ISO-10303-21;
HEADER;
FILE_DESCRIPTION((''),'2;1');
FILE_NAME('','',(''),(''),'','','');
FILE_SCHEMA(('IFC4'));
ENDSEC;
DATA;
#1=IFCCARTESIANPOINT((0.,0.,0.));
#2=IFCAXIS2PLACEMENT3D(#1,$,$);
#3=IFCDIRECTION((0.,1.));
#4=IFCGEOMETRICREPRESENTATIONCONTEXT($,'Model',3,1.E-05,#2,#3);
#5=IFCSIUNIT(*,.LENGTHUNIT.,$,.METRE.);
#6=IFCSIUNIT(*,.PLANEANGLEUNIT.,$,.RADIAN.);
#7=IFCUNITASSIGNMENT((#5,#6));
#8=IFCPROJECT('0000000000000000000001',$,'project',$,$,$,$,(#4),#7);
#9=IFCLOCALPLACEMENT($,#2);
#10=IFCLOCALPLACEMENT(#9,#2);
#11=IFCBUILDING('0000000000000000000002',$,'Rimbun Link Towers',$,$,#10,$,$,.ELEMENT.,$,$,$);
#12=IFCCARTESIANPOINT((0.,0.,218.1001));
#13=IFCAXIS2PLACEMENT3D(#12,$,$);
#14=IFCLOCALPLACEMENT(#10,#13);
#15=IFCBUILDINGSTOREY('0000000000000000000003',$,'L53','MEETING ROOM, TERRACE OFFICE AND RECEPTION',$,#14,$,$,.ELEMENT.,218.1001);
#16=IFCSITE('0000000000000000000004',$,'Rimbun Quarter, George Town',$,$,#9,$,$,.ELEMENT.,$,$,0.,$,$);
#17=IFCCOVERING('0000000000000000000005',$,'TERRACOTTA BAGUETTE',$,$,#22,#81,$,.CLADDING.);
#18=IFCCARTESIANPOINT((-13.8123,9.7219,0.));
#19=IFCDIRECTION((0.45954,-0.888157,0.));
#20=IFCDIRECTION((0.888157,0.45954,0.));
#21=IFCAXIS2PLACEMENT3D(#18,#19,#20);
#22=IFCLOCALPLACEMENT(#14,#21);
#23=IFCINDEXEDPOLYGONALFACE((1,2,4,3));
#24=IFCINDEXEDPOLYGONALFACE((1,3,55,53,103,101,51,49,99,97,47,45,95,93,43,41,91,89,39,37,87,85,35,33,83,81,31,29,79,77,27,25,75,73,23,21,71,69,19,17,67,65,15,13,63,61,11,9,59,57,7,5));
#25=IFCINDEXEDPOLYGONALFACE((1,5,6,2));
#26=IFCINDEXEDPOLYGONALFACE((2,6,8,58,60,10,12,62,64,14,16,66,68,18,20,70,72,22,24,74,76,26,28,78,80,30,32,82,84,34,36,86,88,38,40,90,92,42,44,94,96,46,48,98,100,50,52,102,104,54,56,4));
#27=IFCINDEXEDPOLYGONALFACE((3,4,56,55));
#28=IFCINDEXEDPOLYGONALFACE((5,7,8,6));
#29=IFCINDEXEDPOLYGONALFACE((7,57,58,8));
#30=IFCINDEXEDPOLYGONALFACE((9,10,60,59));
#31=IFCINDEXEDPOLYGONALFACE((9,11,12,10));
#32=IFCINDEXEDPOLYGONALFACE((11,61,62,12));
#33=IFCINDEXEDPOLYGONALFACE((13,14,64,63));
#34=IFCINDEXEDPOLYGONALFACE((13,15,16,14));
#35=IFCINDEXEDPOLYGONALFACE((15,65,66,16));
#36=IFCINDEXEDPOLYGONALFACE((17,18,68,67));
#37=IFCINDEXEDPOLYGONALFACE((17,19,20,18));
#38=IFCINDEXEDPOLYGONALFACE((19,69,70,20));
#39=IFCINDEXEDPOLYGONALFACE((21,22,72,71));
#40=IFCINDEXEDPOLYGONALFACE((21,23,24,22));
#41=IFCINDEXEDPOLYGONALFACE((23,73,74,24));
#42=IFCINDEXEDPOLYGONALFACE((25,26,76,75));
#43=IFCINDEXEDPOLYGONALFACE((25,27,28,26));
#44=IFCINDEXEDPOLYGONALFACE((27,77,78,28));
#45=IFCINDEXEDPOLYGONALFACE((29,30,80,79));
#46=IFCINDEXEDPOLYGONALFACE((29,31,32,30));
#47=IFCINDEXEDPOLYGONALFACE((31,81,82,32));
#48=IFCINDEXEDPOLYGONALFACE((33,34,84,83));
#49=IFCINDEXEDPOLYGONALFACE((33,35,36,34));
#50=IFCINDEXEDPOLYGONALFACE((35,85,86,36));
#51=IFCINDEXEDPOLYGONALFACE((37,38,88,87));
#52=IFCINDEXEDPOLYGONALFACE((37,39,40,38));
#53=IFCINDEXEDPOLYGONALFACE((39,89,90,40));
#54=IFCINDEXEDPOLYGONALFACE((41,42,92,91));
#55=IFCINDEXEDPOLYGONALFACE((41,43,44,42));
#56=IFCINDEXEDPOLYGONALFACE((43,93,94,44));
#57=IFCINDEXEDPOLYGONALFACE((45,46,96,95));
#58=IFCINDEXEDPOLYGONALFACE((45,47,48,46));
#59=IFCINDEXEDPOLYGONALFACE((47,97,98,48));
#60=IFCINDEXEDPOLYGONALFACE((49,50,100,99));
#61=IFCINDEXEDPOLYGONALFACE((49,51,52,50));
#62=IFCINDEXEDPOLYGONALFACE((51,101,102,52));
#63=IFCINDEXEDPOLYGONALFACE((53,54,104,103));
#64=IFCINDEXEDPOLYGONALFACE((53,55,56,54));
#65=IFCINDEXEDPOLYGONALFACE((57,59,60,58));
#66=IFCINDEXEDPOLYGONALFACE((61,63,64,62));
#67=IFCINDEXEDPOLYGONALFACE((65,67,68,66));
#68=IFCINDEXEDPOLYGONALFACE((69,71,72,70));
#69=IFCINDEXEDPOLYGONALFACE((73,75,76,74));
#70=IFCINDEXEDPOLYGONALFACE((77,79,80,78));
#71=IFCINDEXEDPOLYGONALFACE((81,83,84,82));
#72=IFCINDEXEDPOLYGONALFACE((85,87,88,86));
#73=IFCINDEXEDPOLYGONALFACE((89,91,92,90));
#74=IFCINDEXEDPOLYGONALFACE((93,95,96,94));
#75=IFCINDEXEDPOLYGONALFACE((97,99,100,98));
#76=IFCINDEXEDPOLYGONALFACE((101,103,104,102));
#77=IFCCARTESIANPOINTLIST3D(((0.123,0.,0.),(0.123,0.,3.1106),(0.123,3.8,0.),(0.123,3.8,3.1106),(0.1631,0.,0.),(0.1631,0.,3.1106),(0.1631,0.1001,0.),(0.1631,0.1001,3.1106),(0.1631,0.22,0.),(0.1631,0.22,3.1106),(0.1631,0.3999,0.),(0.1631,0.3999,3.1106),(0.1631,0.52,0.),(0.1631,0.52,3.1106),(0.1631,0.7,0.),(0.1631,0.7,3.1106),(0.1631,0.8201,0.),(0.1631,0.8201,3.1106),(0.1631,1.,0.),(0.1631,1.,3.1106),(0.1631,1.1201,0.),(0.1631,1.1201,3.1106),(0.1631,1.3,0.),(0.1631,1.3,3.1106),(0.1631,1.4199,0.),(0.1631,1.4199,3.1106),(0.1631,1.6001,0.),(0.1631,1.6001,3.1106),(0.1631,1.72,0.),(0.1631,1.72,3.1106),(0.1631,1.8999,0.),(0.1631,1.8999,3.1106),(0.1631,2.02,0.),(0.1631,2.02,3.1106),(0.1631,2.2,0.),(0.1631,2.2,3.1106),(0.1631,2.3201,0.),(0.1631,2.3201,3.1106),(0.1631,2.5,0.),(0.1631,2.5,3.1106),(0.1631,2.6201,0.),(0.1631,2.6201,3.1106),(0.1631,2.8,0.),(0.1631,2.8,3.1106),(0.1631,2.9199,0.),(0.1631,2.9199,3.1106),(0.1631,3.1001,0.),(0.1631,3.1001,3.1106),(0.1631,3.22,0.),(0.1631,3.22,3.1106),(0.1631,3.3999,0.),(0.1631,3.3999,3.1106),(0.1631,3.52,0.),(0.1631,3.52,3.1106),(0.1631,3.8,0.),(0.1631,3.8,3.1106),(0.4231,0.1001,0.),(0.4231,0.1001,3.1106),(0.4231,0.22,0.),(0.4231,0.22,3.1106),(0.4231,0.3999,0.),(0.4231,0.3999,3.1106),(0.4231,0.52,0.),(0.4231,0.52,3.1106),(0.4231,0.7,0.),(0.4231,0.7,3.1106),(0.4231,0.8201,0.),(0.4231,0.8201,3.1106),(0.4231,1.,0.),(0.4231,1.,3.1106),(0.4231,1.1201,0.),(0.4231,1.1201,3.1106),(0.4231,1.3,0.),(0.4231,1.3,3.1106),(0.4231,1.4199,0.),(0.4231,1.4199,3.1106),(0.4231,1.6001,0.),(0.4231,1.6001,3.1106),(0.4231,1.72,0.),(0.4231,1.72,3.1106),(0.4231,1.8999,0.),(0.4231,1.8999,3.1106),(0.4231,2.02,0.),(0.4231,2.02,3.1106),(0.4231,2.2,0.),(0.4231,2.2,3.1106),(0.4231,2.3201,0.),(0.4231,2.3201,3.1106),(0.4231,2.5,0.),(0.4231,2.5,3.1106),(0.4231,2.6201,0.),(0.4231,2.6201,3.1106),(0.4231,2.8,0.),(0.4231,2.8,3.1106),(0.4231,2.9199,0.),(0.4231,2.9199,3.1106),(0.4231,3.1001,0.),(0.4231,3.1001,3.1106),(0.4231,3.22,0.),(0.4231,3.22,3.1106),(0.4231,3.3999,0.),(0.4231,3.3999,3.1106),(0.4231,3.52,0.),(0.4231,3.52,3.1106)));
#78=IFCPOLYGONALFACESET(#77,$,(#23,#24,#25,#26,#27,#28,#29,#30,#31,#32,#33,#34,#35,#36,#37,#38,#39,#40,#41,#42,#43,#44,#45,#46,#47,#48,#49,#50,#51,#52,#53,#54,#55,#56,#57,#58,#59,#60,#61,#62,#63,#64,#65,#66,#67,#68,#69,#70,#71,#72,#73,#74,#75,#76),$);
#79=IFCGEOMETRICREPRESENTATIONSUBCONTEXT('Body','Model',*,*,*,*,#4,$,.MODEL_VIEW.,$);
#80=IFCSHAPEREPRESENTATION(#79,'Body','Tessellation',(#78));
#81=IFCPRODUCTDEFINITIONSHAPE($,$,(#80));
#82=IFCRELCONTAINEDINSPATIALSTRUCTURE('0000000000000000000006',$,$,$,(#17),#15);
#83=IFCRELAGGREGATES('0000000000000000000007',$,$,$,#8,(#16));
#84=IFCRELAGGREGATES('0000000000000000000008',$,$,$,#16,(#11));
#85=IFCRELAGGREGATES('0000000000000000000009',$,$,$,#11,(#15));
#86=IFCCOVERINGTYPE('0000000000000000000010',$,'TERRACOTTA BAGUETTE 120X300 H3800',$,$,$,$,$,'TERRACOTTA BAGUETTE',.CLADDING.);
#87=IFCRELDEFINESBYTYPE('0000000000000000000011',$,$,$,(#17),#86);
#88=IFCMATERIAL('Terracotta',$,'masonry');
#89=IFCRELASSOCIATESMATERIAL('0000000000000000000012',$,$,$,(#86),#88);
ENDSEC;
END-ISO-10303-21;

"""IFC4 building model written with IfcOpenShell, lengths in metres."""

from ifc_helpers import new_model, si_unit, direction, frame, origin, place, context, subcontext, project, spatial, polyline, outline, extrude, material, material_profile, profile_set, type_object, element, save


model = new_model("IFC4")

# Units and contexts
model_context = context("Model", 3, precision=1e-05, world=origin(), true_north=direction((0.0, 1.0)))
body_context = subcontext(model_context, "Body", "Model", "MODEL_VIEW")
ifc_project = project(units=[si_unit("LENGTHUNIT", "METRE"), si_unit("PLANEANGLEUNIT", "RADIAN")], contexts=[model_context])

# Site, building, storey
site_placement = place(None, origin())
site = spatial("IfcSite", under=ifc_project, at=site_placement, Name="Rimbun Quarter, George Town", CompositionType="ELEMENT", RefElevation=0.0)
building_placement = place(site_placement, origin())
building = spatial("IfcBuilding", under=site, at=building_placement, Name="Rimbun Link Towers", CompositionType="ELEMENT")
storey_placement = place(building_placement, frame((0.0, 0.0, 218.1001)))
storey = spatial("IfcBuildingStorey", under=building, at=storey_placement, Name="L53", Description="MEETING ROOM, TERRACE OFFICE AND RECEPTION", CompositionType="ELEMENT", Elevation=218.1001)

# Covering
ifc_material_1 = material(Name="Terracotta", Category="masonry")
ifc_material_profile_1 = material_profile(ifc_material_1, outline(polyline([(0.123, 0.0), (0.1631, 0.0), (0.1631, 0.1001), (0.4231, 0.1001), (0.4231, 0.22), (0.1631, 0.22), (0.1631, 0.3999), (0.4231, 0.3999), (0.4231, 0.52), (0.1631, 0.52), (0.1631, 0.7), (0.4231, 0.7), (0.4231, 0.8201), (0.1631, 0.8201), (0.1631, 1.0), (0.4231, 1.0), (0.4231, 1.1201), (0.1631, 1.1201), (0.1631, 1.3), (0.4231, 1.3), (0.4231, 1.4199), (0.1631, 1.4199), (0.1631, 1.6001), (0.4231, 1.6001), (0.4231, 1.72), (0.1631, 1.72), (0.1631, 1.8999), (0.4231, 1.8999), (0.4231, 2.02), (0.1631, 2.02), (0.1631, 2.2), (0.4231, 2.2), (0.4231, 2.3201), (0.1631, 2.3201), (0.1631, 2.5), (0.4231, 2.5), (0.4231, 2.6201), (0.1631, 2.6201), (0.1631, 2.8), (0.4231, 2.8), (0.4231, 2.9199), (0.1631, 2.9199), (0.1631, 3.1001), (0.4231, 3.1001), (0.4231, 3.22), (0.1631, 3.22), (0.1631, 3.3999), (0.4231, 3.3999), (0.4231, 3.52), (0.1631, 3.52), (0.1631, 3.8), (0.123, 3.8), (0.123, 0.0)])), Name="BAGUETTE 120X300")
ifc_profile_set_1 = profile_set([ifc_material_profile_1], Name="Terracotta")
covering_type = type_object("IfcCoveringType", Name="TERRACOTTA BAGUETTE 120X300 H3800", ElementType="TERRACOTTA BAGUETTE", PredefinedType="CLADDING", material=ifc_profile_set_1)
covering_1_placement = place(storey_placement, frame((-13.8123, 9.7219, 0.0), z_axis=(0.45954, -0.888157, 0.0), x_axis=(0.888157, 0.45954, 0.0)))
element("IfcCovering", 1, at=covering_1_placement, inside=storey, type_object=covering_type, Name="TERRACOTTA BAGUETTE", PredefinedType="CLADDING", context=body_context, shape_type="SweptSolid", body=[
    extrude(outline(polyline([(0.123, 0.0), (0.1631, 0.0), (0.1631, 0.1001), (0.4231, 0.1001), (0.4231, 0.22), (0.1631, 0.22), (0.1631, 0.3999), (0.4231, 0.3999), (0.4231, 0.52), (0.1631, 0.52), (0.1631, 0.7), (0.4231, 0.7), (0.4231, 0.8201), (0.1631, 0.8201), (0.1631, 1.0), (0.4231, 1.0), (0.4231, 1.1201), (0.1631, 1.1201), (0.1631, 1.3), (0.4231, 1.3), (0.4231, 1.4199), (0.1631, 1.4199), (0.1631, 1.6001), (0.4231, 1.6001), (0.4231, 1.72), (0.1631, 1.72), (0.1631, 1.8999), (0.4231, 1.8999), (0.4231, 2.02), (0.1631, 2.02), (0.1631, 2.2), (0.4231, 2.2), (0.4231, 2.3201), (0.1631, 2.3201), (0.1631, 2.5), (0.4231, 2.5), (0.4231, 2.6201), (0.1631, 2.6201), (0.1631, 2.8), (0.4231, 2.8), (0.4231, 2.9199), (0.1631, 2.9199), (0.1631, 3.1001), (0.4231, 3.1001), (0.4231, 3.22), (0.1631, 3.22), (0.1631, 3.3999), (0.4231, 3.3999), (0.4231, 3.52), (0.1631, 3.52), (0.1631, 3.8), (0.123, 3.8), (0.123, 0.0)])), origin(), (0.0, 0.0, 1.0), 3.1106),
])

save(model, "model.ifc")
